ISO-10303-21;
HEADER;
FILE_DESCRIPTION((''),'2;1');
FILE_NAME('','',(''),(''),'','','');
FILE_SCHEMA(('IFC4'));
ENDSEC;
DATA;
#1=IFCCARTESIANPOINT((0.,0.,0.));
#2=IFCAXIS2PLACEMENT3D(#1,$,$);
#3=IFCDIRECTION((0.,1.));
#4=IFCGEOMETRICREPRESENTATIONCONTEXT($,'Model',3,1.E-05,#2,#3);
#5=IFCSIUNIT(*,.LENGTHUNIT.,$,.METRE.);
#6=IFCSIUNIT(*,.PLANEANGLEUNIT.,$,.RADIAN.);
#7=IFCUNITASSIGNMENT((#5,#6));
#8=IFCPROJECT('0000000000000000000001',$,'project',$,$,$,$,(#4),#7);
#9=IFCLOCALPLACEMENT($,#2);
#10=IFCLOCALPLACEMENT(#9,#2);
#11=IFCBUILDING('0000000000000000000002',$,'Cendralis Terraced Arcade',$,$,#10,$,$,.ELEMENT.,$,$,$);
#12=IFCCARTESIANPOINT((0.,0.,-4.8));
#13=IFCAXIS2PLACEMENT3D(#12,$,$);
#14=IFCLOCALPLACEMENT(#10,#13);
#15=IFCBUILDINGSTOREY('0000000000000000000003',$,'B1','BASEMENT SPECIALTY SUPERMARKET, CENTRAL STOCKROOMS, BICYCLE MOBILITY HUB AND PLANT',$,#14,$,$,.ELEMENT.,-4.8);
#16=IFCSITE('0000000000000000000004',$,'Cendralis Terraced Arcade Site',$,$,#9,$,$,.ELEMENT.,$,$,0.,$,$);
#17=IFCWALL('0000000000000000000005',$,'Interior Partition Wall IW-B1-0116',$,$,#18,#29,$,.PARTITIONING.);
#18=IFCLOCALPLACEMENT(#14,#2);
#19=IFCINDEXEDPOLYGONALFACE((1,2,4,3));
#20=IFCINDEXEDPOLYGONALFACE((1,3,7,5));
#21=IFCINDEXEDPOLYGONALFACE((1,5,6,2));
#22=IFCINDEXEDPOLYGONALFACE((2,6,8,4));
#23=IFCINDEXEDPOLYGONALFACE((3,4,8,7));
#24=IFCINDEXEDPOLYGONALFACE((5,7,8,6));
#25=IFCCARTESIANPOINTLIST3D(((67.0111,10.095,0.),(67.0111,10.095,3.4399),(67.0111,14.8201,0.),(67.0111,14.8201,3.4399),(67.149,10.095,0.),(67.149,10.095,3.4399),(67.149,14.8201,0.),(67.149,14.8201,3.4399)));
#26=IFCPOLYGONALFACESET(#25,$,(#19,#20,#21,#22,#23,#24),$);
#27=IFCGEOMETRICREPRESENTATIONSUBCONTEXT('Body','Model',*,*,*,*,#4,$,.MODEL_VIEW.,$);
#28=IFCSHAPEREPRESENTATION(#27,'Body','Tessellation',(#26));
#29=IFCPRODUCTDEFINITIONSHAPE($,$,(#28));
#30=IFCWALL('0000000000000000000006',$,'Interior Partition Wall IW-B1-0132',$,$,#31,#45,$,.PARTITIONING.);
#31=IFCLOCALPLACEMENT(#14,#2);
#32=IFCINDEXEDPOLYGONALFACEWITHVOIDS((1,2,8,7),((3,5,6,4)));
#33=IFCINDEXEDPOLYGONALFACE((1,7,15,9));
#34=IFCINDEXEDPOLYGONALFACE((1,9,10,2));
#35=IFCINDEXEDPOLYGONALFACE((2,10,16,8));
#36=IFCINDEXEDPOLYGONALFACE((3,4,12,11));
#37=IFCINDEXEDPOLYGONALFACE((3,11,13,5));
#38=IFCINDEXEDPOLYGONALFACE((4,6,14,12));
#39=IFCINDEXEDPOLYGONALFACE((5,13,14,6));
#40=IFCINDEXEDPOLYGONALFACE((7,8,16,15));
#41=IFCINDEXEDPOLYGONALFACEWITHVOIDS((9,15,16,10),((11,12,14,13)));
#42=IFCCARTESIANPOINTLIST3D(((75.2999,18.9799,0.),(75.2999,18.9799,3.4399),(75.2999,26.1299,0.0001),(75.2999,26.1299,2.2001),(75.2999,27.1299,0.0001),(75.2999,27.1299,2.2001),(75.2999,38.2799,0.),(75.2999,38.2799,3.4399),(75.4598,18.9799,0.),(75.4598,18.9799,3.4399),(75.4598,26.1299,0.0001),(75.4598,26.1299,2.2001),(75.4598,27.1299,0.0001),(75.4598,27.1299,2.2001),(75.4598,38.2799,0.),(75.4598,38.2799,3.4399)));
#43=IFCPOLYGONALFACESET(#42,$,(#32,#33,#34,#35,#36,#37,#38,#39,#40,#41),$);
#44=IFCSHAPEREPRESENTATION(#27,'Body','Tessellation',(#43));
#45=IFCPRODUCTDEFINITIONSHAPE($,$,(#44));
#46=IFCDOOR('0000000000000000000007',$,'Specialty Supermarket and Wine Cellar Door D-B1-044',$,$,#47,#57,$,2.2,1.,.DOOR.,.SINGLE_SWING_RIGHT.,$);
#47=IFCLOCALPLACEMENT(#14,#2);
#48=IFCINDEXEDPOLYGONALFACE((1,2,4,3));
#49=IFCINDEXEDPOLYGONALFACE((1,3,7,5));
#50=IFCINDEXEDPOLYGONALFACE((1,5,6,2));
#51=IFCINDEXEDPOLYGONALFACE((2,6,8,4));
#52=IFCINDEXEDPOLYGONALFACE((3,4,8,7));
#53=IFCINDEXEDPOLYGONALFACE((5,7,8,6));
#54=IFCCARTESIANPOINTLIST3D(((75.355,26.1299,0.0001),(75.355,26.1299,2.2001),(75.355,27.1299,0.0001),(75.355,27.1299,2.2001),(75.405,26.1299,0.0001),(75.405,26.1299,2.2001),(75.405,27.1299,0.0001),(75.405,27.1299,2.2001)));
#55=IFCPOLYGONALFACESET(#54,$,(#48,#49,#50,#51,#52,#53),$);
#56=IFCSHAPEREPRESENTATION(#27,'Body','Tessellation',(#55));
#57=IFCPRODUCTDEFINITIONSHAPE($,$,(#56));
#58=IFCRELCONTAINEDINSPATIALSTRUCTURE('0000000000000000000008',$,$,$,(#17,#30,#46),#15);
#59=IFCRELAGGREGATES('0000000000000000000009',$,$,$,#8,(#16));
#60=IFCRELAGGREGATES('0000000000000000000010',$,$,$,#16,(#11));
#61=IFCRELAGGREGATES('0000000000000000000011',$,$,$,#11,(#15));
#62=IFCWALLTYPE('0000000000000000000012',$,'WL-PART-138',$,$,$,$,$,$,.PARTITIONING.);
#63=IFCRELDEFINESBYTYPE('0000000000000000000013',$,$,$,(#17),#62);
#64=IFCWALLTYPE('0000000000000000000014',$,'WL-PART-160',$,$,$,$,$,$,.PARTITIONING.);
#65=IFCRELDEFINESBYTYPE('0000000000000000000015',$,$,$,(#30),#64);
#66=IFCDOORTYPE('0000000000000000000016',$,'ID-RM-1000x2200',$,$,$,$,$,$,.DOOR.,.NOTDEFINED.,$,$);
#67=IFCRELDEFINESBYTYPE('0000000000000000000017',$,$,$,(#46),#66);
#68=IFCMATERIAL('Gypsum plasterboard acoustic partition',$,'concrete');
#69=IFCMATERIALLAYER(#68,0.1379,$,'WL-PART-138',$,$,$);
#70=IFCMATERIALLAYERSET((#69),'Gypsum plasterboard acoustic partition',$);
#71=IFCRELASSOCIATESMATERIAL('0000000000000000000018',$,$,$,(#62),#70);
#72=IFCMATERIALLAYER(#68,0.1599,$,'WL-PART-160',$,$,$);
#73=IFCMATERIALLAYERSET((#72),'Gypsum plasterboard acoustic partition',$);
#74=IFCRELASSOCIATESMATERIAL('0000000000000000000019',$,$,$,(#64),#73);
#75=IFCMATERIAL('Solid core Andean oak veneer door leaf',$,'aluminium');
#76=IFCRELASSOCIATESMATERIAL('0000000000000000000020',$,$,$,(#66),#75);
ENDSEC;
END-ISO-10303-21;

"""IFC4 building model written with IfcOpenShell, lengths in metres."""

from ifc_helpers import new_model, si_unit, direction, frame, frame_2d, origin, place, context, subcontext, project, spatial, rectangle, extrude, material, layer, layer_set, type_object, element, fill, save


model = new_model("IFC4")

# Units and contexts
model_context = context("Model", 3, precision=1e-05, world=origin(), true_north=direction((0.0, 1.0)))
body_context = subcontext(model_context, "Body", "Model", "MODEL_VIEW")
ifc_project = project(units=[si_unit("LENGTHUNIT", "METRE"), si_unit("PLANEANGLEUNIT", "RADIAN")], contexts=[model_context])

# Site, building, storey
site_placement = place(None, origin())
site = spatial("IfcSite", under=ifc_project, at=site_placement, Name="Cendralis Terraced Arcade Site", CompositionType="ELEMENT", RefElevation=0.0)
building_placement = place(site_placement, origin())
building = spatial("IfcBuilding", under=site, at=building_placement, Name="Cendralis Terraced Arcade", CompositionType="ELEMENT")
storey_placement = place(building_placement, frame((0.0, 0.0, -4.8)))
storey = spatial("IfcBuildingStorey", under=building, at=storey_placement, Name="B1", Description="BASEMENT SPECIALTY SUPERMARKET, CENTRAL STOCKROOMS, BICYCLE MOBILITY HUB AND PLANT", CompositionType="ELEMENT", Elevation=-4.8)

# Shared definitions
ifc_material_1 = material(Name="Gypsum plasterboard acoustic partition", Category="concrete")

# Shared definitions
ifc_material_2 = material(Name="Solid core Andean oak veneer door leaf", Category="aluminium")

# Wall
ifc_layer_1 = layer(ifc_material_1, 0.1379, Name="WL-PART-138")
ifc_layer_set_1 = layer_set([ifc_layer_1], Name="Gypsum plasterboard acoustic partition")
wall_type_1 = type_object("IfcWallType", Name="WL-PART-138", PredefinedType="PARTITIONING", material=ifc_layer_set_1)
wall_1_placement = place(storey_placement, frame((67.0801, 14.8201, 0.0), z_axis=(0.0, 0.0, 1.0), x_axis=(0.0, -1.0, 0.0)))
element("IfcWall", 1, at=wall_1_placement, inside=storey, type_object=wall_type_1, Name="Interior Partition Wall IW-B1-0116", PredefinedType="PARTITIONING", context=body_context, shape_type="SweptSolid", body=[
    extrude(rectangle(XDim=4.7251, YDim=0.1379, at=frame_2d((2.3625, 0.0))), origin(), (0.0, 0.0, 1.0), 3.4399),
])

# Wall, opening, door
ifc_layer_2 = layer(ifc_material_1, 0.1599, Name="WL-PART-160")
ifc_layer_set_2 = layer_set([ifc_layer_2], Name="Gypsum plasterboard acoustic partition")
wall_type_2 = type_object("IfcWallType", Name="WL-PART-160", PredefinedType="PARTITIONING", material=ifc_layer_set_2)
wall_2_placement = place(storey_placement, frame((75.3799, 18.98, 0.0), z_axis=(0.0, 0.0, 1.0), x_axis=(0.0, 1.0, 0.0)))
wall_2 = element("IfcWall", 2, at=wall_2_placement, inside=storey, type_object=wall_type_2, Name="Interior Partition Wall IW-B1-0132", PredefinedType="PARTITIONING", context=body_context, shape_type="SweptSolid", body=[
    extrude(rectangle(XDim=19.3, YDim=0.1599, at=frame_2d((9.6499, 0.0))), origin(), (0.0, 0.0, 1.0), 3.4399),
])
opening_1_placement = place(wall_2_placement, frame((7.1499, 0.0, 0.0)))
opening_1 = element("IfcOpeningElement", 3, at=opening_1_placement, cuts=wall_2, PredefinedType="OPENING", context=body_context, shape_type="SweptSolid", body=[
    extrude(rectangle(XDim=1.0, YDim=2.2, at=frame_2d((0.5, 1.1001))), frame((0.0, 0.0918, 0.0), z_axis=(0.0, -1.0, 0.0), x_axis=(1.0, 0.0, 0.0)), (0.0, 0.0, 1.0), 0.1838),
])
door_type_1 = type_object("IfcDoorType", Name="ID-RM-1000x2200", OperationType="NOTDEFINED", PredefinedType="DOOR", material=ifc_material_2)
door_1_placement = place(opening_1_placement, origin())
door_1 = element("IfcDoor", 4, at=door_1_placement, inside=storey, type_object=door_type_1, Name="Specialty Supermarket and Wine Cellar Door D-B1-044", OperationType="SINGLE_SWING_RIGHT", OverallHeight=2.2, OverallWidth=1.0, PredefinedType="DOOR", context=body_context, shape_type="SweptSolid", body=[
    extrude(rectangle(XDim=1.0, YDim=2.2, at=frame_2d((0.5, 1.1001))), frame((0.0, 0.0249, 0.0), z_axis=(0.0, -1.0, 0.0), x_axis=(1.0, 0.0, 0.0)), (0.0, 0.0, 1.0), 0.05),
])
fill(opening_1, door_1)

save(model, "model.ifc")
